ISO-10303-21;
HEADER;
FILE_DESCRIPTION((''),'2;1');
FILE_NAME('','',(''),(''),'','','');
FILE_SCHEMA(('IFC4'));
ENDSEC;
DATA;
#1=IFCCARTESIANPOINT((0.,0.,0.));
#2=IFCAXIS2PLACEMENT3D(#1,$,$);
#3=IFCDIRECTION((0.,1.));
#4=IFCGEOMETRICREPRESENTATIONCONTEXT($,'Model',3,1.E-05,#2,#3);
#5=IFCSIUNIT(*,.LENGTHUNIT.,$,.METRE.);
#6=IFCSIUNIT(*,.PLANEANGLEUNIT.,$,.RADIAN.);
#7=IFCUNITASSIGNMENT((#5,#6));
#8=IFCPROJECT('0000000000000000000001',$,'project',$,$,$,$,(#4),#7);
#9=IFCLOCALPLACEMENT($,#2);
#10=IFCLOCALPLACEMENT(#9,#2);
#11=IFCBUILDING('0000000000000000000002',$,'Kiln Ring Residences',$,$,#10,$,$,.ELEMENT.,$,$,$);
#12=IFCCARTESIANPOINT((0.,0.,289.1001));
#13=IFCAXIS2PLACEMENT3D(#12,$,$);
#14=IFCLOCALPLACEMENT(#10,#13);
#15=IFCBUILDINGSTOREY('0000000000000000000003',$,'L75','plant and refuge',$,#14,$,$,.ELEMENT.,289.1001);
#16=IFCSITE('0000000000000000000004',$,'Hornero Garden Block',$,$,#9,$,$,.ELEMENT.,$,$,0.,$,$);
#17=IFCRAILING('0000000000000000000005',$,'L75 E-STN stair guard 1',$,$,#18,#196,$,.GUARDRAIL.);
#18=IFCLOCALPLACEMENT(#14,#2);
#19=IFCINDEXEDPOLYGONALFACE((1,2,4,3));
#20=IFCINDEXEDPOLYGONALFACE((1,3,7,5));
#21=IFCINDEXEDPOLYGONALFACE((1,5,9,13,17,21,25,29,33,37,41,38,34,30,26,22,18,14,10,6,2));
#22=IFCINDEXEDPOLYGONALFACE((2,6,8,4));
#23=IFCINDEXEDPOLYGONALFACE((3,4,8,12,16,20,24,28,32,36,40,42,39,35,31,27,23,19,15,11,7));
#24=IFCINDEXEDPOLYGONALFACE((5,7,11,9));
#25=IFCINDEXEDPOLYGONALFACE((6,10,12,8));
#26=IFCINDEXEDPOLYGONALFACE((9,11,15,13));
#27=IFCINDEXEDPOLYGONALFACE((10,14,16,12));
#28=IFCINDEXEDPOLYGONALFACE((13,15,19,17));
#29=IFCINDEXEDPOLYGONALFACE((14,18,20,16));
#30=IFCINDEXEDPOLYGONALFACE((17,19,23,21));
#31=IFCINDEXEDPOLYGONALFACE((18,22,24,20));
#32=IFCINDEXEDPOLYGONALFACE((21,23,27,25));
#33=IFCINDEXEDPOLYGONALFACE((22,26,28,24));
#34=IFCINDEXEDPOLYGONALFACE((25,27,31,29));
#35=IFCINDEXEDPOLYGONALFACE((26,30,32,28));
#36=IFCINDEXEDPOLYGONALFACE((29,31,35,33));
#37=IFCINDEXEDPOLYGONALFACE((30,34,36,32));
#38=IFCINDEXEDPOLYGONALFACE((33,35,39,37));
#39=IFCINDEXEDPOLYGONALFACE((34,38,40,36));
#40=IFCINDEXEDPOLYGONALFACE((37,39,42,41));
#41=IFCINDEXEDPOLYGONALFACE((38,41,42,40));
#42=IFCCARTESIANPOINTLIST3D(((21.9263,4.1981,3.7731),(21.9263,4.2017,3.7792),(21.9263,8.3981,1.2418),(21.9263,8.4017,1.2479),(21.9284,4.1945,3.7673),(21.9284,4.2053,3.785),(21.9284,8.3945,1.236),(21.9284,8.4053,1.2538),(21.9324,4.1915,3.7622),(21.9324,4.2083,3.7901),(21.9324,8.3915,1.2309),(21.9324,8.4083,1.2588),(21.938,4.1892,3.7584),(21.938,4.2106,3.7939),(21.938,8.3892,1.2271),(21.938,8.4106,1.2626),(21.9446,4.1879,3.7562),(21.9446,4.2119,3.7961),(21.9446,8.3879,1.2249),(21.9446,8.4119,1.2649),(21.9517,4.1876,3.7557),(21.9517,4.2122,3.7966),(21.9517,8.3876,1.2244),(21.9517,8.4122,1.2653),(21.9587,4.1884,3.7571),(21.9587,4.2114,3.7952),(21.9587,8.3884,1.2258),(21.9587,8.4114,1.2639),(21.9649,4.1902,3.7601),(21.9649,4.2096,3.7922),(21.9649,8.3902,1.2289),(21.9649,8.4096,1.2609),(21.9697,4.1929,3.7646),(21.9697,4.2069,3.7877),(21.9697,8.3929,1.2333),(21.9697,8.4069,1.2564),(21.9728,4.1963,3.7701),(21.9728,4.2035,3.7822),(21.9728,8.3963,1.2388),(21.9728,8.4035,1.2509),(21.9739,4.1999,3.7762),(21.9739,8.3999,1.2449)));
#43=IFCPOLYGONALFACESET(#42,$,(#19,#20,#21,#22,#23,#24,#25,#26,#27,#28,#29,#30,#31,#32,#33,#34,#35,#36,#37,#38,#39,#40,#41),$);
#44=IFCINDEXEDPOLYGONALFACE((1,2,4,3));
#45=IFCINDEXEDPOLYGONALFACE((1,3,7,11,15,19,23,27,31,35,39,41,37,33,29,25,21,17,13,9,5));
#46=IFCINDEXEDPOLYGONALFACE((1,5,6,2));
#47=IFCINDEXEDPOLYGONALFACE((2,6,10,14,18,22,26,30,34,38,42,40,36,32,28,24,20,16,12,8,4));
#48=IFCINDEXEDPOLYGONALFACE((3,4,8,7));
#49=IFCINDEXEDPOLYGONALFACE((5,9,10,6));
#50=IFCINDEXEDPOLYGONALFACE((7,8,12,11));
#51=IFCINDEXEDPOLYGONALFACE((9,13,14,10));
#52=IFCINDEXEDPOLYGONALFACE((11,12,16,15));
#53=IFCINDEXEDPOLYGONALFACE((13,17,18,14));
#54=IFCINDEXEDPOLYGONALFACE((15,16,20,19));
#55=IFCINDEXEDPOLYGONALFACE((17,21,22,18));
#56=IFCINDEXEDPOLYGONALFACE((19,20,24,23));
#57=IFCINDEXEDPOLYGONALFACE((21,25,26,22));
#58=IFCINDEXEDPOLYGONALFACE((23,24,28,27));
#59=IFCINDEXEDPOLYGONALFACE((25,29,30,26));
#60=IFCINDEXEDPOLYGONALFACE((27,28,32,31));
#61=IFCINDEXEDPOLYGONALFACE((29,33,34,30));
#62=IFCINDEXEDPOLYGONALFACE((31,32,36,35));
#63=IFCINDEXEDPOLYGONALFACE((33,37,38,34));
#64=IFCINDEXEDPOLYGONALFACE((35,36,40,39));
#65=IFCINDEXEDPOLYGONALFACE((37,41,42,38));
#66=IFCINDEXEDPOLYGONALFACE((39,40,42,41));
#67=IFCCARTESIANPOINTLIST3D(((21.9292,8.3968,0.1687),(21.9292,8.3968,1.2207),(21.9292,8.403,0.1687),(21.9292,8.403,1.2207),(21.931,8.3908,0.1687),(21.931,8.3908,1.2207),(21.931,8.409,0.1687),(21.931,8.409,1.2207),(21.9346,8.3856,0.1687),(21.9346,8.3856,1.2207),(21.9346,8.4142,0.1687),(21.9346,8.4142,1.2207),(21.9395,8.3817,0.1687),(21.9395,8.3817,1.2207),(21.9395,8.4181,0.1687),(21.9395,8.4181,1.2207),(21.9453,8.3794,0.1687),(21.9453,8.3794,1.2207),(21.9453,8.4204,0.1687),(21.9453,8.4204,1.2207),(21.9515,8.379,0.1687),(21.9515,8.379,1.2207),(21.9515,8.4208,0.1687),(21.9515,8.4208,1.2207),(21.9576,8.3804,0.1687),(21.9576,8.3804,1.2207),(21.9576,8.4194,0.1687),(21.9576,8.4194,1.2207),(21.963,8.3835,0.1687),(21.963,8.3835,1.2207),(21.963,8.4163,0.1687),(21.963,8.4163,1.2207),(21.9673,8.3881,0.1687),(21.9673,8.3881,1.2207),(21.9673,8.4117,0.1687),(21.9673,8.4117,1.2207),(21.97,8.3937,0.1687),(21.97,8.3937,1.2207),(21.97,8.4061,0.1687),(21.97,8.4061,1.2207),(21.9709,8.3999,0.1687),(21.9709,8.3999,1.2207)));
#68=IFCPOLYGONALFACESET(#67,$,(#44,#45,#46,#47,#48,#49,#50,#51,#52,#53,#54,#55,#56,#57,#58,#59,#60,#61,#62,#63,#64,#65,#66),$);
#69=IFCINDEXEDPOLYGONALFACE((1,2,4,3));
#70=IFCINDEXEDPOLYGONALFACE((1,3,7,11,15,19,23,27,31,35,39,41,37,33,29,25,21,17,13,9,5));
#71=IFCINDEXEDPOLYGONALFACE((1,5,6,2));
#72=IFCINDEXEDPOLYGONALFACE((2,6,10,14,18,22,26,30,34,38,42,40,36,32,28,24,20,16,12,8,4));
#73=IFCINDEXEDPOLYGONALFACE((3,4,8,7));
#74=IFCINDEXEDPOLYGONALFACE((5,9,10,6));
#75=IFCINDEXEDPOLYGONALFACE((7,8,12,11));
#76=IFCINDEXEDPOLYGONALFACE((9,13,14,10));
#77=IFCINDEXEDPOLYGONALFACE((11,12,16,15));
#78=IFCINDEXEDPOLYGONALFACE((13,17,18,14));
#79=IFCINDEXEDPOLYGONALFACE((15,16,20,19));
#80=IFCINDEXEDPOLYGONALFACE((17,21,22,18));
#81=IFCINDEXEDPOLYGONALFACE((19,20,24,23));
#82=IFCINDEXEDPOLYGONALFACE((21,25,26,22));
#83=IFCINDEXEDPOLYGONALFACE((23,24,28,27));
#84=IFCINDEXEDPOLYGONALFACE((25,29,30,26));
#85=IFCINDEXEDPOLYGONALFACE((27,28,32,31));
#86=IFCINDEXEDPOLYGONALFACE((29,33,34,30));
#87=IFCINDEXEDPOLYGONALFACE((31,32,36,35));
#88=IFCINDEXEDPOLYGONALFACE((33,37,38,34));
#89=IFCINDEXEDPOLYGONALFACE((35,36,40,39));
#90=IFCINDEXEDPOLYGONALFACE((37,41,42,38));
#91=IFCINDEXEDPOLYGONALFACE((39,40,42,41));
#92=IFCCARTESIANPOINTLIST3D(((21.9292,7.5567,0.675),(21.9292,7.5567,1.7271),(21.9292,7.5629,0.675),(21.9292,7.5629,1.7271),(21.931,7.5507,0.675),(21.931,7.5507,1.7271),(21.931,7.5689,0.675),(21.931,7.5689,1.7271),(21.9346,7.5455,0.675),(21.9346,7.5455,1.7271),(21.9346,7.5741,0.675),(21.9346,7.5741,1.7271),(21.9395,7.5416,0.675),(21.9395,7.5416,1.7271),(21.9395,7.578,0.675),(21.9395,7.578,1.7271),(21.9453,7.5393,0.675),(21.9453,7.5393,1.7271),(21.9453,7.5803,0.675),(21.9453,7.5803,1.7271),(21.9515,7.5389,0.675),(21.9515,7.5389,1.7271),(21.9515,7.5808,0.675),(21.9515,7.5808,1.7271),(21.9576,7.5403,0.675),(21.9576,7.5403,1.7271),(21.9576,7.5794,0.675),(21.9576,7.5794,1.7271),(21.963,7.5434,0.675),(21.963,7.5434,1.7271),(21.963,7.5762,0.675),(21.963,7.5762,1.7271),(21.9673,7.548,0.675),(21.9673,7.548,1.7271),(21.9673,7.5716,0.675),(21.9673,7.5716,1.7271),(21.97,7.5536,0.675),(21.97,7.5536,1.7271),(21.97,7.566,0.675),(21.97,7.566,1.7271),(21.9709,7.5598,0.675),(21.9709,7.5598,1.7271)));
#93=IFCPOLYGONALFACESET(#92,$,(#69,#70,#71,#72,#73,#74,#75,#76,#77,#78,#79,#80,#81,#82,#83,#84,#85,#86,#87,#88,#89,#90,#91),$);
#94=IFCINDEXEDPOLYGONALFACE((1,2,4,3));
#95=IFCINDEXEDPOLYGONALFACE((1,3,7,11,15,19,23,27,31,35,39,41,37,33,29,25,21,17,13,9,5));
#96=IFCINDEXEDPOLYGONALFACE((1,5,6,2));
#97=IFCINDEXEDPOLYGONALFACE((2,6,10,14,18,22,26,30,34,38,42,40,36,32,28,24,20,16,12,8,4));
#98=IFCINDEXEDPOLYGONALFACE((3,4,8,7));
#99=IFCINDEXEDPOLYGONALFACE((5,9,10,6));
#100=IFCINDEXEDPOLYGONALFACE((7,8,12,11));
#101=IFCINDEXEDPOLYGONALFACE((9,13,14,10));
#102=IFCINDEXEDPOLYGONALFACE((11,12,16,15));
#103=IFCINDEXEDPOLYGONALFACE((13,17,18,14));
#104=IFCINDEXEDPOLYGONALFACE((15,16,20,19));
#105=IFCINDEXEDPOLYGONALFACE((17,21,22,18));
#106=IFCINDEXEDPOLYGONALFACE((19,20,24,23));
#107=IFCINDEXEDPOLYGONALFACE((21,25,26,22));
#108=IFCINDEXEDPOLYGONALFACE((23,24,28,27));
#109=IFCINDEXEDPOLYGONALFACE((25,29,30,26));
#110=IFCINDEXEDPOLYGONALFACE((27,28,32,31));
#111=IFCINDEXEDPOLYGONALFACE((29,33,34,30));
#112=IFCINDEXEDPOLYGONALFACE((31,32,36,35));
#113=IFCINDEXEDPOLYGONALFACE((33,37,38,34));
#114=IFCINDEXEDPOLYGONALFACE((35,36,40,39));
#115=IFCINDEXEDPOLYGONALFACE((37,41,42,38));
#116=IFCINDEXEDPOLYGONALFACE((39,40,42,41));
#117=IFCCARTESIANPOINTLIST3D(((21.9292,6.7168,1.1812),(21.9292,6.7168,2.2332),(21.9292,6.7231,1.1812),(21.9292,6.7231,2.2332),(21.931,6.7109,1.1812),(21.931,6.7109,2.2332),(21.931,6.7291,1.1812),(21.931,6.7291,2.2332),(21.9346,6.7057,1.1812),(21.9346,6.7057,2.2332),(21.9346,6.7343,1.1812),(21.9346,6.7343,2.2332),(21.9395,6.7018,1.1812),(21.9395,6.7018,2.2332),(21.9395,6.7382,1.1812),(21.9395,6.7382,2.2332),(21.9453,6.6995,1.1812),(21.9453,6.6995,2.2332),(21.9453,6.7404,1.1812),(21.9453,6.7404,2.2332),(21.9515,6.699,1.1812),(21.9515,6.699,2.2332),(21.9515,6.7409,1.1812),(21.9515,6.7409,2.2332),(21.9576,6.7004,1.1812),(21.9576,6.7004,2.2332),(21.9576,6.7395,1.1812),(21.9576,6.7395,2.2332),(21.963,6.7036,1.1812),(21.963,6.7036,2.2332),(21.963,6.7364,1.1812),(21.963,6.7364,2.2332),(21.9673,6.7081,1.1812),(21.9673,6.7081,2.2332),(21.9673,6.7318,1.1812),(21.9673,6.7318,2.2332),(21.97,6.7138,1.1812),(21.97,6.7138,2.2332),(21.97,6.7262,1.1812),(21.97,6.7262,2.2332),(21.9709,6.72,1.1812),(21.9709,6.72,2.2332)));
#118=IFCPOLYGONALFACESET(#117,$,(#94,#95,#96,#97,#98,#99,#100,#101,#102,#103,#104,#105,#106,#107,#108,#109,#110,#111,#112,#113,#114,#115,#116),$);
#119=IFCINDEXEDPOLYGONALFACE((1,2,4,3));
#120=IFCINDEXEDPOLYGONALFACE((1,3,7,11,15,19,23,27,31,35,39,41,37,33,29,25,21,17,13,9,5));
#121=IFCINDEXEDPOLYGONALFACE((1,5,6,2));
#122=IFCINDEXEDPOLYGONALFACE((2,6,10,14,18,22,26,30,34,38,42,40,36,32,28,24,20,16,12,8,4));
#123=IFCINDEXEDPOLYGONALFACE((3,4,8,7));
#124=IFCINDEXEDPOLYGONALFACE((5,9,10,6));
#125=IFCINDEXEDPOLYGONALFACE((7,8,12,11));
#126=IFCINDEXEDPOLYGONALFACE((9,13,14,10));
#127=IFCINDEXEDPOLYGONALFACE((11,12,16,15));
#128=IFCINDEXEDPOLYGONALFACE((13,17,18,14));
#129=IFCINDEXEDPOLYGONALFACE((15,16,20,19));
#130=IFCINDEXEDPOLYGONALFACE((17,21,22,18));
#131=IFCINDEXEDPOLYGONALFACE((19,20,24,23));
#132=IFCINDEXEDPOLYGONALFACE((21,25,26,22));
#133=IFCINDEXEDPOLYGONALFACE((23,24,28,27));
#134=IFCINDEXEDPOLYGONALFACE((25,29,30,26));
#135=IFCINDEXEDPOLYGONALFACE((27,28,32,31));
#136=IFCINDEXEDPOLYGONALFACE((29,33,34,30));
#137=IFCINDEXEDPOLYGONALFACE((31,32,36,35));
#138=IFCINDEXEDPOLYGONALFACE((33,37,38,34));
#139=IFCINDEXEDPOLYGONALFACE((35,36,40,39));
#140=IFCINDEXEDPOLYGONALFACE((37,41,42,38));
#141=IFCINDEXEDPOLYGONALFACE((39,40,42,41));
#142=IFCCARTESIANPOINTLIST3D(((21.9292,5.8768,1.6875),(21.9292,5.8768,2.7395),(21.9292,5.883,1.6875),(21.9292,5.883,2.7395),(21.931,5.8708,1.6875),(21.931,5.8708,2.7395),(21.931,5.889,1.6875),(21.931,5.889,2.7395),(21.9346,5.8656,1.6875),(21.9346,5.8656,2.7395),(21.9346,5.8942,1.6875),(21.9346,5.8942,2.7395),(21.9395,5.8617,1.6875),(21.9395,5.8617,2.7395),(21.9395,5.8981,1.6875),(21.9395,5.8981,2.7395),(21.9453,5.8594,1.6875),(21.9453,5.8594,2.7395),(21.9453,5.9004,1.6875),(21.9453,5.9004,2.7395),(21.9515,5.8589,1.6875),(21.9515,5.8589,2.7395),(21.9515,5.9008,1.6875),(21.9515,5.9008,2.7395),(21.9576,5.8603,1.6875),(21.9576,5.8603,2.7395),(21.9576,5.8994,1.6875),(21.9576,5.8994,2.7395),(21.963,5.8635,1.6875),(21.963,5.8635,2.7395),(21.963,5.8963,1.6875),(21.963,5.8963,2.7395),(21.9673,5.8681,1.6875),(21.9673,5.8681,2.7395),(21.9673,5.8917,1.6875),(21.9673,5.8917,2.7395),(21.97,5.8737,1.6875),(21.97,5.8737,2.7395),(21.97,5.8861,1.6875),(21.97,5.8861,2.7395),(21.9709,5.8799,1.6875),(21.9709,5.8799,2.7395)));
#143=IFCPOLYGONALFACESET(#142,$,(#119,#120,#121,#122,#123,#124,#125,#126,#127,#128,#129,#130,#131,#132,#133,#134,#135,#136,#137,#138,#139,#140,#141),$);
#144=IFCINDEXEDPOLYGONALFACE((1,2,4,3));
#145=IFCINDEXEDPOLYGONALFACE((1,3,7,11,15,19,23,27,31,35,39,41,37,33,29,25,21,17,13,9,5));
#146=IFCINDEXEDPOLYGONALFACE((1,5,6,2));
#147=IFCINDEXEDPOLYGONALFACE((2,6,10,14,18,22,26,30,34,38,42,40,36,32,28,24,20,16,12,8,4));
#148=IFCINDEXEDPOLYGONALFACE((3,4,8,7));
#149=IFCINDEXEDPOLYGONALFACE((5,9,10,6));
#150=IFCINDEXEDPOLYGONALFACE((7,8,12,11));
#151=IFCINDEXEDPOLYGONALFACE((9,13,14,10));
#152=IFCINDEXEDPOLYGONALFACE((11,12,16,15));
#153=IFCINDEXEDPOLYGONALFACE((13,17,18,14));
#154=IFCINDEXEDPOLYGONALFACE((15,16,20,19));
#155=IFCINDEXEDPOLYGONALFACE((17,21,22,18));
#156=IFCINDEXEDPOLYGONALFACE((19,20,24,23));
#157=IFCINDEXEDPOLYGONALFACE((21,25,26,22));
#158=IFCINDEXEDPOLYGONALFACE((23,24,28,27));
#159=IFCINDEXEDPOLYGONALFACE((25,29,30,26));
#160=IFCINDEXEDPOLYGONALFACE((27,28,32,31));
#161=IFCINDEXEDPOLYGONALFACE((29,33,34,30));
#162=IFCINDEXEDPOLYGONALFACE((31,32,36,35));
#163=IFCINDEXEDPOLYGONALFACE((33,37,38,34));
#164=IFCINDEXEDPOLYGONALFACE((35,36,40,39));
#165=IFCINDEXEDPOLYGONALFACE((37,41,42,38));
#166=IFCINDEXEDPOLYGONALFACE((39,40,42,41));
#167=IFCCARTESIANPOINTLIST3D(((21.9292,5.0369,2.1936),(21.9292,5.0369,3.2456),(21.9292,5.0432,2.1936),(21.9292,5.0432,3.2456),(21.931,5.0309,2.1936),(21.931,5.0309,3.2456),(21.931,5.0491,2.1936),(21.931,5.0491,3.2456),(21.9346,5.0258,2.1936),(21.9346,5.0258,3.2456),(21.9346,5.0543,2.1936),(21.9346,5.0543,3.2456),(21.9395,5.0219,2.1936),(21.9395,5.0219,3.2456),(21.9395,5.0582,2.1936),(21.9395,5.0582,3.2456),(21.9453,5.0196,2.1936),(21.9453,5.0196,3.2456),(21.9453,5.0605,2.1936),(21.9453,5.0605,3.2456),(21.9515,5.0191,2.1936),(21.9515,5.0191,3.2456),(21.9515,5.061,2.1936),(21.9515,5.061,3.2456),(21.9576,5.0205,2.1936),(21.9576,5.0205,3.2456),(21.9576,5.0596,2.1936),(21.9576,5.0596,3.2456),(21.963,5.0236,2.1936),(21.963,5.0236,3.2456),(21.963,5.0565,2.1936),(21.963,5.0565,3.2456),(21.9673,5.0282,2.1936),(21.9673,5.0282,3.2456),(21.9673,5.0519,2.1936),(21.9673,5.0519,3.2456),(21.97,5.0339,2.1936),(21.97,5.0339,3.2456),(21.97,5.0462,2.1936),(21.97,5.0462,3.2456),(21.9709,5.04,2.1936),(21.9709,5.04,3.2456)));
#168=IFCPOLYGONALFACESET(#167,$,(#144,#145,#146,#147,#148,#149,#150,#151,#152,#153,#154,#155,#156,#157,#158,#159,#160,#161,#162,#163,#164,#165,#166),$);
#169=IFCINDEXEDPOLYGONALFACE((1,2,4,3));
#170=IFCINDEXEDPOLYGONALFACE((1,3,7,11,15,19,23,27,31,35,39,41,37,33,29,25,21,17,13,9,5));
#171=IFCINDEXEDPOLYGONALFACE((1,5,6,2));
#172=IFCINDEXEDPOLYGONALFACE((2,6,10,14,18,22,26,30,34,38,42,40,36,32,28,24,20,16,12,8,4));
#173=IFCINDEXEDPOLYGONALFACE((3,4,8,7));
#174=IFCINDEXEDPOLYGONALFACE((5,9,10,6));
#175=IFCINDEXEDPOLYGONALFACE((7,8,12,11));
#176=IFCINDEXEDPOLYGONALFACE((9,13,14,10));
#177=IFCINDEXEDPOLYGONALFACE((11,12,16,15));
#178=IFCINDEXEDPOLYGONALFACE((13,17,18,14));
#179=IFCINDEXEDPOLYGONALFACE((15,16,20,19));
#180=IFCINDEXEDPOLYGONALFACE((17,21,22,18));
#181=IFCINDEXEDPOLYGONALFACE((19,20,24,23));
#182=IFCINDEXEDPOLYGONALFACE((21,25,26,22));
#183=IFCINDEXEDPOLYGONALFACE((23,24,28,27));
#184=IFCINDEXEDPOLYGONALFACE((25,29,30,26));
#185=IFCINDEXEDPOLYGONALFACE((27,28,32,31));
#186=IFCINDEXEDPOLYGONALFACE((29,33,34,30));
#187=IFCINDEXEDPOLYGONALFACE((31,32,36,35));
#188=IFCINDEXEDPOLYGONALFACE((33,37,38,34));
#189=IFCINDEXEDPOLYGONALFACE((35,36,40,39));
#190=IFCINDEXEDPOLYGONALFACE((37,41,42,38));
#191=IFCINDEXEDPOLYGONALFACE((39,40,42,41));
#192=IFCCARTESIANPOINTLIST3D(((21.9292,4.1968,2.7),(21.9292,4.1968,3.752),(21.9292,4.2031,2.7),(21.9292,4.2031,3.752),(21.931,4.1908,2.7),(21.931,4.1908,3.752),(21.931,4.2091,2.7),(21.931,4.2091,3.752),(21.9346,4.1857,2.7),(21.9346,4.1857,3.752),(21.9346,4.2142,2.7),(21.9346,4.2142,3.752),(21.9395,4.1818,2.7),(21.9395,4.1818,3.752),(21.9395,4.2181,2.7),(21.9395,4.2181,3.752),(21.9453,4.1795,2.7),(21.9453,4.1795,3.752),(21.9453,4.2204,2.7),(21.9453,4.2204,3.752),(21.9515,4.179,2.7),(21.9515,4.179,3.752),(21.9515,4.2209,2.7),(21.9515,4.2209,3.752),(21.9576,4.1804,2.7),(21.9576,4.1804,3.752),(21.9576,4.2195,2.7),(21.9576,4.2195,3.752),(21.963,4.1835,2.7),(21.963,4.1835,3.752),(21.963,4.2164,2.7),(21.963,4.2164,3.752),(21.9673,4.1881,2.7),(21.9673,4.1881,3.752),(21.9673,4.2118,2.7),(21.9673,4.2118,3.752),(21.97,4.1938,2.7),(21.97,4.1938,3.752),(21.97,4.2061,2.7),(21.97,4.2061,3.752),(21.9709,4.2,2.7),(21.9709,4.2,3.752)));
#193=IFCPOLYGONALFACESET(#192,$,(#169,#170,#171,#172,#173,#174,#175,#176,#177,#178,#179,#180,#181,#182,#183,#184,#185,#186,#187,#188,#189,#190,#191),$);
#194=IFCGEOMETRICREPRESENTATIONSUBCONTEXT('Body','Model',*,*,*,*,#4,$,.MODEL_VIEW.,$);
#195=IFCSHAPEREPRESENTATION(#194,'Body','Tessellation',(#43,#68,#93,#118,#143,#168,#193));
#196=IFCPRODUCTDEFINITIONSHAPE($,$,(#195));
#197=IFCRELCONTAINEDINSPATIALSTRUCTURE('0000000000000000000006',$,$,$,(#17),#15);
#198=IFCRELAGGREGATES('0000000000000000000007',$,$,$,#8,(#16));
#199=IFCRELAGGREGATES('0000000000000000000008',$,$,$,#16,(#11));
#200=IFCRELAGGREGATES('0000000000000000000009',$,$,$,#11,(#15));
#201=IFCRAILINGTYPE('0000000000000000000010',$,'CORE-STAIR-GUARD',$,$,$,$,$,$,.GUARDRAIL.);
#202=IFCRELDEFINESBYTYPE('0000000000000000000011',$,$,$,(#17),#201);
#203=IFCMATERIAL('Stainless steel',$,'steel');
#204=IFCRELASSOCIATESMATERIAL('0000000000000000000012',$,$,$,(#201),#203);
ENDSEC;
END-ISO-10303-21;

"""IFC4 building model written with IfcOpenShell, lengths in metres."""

from ifc_helpers import new_model, si_unit, direction, frame, origin, origin_2d, place, context, subcontext, project, spatial, circle, extrude, material, type_object, element, save


model = new_model("IFC4")

# Units and contexts
model_context = context("Model", 3, precision=1e-05, world=origin(), true_north=direction((0.0, 1.0)))
body_context = subcontext(model_context, "Body", "Model", "MODEL_VIEW")
ifc_project = project(units=[si_unit("LENGTHUNIT", "METRE"), si_unit("PLANEANGLEUNIT", "RADIAN")], contexts=[model_context])

# Site, building, storey
site_placement = place(None, origin())
site = spatial("IfcSite", under=ifc_project, at=site_placement, Name="Hornero Garden Block", CompositionType="ELEMENT", RefElevation=0.0)
building_placement = place(site_placement, origin())
building = spatial("IfcBuilding", under=site, at=building_placement, Name="Kiln Ring Residences", CompositionType="ELEMENT")
storey_placement = place(building_placement, frame((0.0, 0.0, 289.1001)))
storey = spatial("IfcBuildingStorey", under=building, at=storey_placement, Name="L75", Description="plant and refuge", CompositionType="ELEMENT", Elevation=289.1001)

# Railing
ifc_material_1 = material(Name="Stainless steel", Category="steel")
railing_type_1 = type_object("IfcRailingType", Name="CORE-STAIR-GUARD", PredefinedType="GUARDRAIL", material=ifc_material_1)
railing_1_placement = place(storey_placement, frame((21.95, 8.3999, 0.1687)))
element("IfcRailing", 1, at=railing_1_placement, inside=storey, type_object=railing_type_1, Name="L75 E-STN stair guard 1", PredefinedType="GUARDRAIL", context=body_context, shape_type="SweptSolid", body=[
    extrude(circle(Radius=0.0239, at=origin_2d()), frame((0.0, 0.0, 1.0762), z_axis=(0.0, -0.856476, 0.516186), x_axis=(1.0, 0.0, 0.0)), (0.0, 0.0, 1.0), 4.9038),
    extrude(circle(Radius=0.021, at=origin_2d()), origin(), (0.0, 0.0, 1.0), 1.052),
    extrude(circle(Radius=0.021, at=origin_2d()), frame((0.0, -0.8401, 0.5063)), (0.0, 0.0, 1.0), 1.052),
    extrude(circle(Radius=0.021, at=origin_2d()), frame((0.0, -1.6799, 1.0125)), (0.0, 0.0, 1.0), 1.052),
    extrude(circle(Radius=0.021, at=origin_2d()), frame((0.0, -2.52, 1.5188)), (0.0, 0.0, 1.0), 1.052),
    extrude(circle(Radius=0.021, at=origin_2d()), frame((0.0, -3.3599, 2.0249)), (0.0, 0.0, 1.0), 1.052),
    extrude(circle(Radius=0.021, at=origin_2d()), frame((0.0, -4.2, 2.5312)), (0.0, 0.0, 1.0), 1.052),
])

save(model, "model.ifc")
